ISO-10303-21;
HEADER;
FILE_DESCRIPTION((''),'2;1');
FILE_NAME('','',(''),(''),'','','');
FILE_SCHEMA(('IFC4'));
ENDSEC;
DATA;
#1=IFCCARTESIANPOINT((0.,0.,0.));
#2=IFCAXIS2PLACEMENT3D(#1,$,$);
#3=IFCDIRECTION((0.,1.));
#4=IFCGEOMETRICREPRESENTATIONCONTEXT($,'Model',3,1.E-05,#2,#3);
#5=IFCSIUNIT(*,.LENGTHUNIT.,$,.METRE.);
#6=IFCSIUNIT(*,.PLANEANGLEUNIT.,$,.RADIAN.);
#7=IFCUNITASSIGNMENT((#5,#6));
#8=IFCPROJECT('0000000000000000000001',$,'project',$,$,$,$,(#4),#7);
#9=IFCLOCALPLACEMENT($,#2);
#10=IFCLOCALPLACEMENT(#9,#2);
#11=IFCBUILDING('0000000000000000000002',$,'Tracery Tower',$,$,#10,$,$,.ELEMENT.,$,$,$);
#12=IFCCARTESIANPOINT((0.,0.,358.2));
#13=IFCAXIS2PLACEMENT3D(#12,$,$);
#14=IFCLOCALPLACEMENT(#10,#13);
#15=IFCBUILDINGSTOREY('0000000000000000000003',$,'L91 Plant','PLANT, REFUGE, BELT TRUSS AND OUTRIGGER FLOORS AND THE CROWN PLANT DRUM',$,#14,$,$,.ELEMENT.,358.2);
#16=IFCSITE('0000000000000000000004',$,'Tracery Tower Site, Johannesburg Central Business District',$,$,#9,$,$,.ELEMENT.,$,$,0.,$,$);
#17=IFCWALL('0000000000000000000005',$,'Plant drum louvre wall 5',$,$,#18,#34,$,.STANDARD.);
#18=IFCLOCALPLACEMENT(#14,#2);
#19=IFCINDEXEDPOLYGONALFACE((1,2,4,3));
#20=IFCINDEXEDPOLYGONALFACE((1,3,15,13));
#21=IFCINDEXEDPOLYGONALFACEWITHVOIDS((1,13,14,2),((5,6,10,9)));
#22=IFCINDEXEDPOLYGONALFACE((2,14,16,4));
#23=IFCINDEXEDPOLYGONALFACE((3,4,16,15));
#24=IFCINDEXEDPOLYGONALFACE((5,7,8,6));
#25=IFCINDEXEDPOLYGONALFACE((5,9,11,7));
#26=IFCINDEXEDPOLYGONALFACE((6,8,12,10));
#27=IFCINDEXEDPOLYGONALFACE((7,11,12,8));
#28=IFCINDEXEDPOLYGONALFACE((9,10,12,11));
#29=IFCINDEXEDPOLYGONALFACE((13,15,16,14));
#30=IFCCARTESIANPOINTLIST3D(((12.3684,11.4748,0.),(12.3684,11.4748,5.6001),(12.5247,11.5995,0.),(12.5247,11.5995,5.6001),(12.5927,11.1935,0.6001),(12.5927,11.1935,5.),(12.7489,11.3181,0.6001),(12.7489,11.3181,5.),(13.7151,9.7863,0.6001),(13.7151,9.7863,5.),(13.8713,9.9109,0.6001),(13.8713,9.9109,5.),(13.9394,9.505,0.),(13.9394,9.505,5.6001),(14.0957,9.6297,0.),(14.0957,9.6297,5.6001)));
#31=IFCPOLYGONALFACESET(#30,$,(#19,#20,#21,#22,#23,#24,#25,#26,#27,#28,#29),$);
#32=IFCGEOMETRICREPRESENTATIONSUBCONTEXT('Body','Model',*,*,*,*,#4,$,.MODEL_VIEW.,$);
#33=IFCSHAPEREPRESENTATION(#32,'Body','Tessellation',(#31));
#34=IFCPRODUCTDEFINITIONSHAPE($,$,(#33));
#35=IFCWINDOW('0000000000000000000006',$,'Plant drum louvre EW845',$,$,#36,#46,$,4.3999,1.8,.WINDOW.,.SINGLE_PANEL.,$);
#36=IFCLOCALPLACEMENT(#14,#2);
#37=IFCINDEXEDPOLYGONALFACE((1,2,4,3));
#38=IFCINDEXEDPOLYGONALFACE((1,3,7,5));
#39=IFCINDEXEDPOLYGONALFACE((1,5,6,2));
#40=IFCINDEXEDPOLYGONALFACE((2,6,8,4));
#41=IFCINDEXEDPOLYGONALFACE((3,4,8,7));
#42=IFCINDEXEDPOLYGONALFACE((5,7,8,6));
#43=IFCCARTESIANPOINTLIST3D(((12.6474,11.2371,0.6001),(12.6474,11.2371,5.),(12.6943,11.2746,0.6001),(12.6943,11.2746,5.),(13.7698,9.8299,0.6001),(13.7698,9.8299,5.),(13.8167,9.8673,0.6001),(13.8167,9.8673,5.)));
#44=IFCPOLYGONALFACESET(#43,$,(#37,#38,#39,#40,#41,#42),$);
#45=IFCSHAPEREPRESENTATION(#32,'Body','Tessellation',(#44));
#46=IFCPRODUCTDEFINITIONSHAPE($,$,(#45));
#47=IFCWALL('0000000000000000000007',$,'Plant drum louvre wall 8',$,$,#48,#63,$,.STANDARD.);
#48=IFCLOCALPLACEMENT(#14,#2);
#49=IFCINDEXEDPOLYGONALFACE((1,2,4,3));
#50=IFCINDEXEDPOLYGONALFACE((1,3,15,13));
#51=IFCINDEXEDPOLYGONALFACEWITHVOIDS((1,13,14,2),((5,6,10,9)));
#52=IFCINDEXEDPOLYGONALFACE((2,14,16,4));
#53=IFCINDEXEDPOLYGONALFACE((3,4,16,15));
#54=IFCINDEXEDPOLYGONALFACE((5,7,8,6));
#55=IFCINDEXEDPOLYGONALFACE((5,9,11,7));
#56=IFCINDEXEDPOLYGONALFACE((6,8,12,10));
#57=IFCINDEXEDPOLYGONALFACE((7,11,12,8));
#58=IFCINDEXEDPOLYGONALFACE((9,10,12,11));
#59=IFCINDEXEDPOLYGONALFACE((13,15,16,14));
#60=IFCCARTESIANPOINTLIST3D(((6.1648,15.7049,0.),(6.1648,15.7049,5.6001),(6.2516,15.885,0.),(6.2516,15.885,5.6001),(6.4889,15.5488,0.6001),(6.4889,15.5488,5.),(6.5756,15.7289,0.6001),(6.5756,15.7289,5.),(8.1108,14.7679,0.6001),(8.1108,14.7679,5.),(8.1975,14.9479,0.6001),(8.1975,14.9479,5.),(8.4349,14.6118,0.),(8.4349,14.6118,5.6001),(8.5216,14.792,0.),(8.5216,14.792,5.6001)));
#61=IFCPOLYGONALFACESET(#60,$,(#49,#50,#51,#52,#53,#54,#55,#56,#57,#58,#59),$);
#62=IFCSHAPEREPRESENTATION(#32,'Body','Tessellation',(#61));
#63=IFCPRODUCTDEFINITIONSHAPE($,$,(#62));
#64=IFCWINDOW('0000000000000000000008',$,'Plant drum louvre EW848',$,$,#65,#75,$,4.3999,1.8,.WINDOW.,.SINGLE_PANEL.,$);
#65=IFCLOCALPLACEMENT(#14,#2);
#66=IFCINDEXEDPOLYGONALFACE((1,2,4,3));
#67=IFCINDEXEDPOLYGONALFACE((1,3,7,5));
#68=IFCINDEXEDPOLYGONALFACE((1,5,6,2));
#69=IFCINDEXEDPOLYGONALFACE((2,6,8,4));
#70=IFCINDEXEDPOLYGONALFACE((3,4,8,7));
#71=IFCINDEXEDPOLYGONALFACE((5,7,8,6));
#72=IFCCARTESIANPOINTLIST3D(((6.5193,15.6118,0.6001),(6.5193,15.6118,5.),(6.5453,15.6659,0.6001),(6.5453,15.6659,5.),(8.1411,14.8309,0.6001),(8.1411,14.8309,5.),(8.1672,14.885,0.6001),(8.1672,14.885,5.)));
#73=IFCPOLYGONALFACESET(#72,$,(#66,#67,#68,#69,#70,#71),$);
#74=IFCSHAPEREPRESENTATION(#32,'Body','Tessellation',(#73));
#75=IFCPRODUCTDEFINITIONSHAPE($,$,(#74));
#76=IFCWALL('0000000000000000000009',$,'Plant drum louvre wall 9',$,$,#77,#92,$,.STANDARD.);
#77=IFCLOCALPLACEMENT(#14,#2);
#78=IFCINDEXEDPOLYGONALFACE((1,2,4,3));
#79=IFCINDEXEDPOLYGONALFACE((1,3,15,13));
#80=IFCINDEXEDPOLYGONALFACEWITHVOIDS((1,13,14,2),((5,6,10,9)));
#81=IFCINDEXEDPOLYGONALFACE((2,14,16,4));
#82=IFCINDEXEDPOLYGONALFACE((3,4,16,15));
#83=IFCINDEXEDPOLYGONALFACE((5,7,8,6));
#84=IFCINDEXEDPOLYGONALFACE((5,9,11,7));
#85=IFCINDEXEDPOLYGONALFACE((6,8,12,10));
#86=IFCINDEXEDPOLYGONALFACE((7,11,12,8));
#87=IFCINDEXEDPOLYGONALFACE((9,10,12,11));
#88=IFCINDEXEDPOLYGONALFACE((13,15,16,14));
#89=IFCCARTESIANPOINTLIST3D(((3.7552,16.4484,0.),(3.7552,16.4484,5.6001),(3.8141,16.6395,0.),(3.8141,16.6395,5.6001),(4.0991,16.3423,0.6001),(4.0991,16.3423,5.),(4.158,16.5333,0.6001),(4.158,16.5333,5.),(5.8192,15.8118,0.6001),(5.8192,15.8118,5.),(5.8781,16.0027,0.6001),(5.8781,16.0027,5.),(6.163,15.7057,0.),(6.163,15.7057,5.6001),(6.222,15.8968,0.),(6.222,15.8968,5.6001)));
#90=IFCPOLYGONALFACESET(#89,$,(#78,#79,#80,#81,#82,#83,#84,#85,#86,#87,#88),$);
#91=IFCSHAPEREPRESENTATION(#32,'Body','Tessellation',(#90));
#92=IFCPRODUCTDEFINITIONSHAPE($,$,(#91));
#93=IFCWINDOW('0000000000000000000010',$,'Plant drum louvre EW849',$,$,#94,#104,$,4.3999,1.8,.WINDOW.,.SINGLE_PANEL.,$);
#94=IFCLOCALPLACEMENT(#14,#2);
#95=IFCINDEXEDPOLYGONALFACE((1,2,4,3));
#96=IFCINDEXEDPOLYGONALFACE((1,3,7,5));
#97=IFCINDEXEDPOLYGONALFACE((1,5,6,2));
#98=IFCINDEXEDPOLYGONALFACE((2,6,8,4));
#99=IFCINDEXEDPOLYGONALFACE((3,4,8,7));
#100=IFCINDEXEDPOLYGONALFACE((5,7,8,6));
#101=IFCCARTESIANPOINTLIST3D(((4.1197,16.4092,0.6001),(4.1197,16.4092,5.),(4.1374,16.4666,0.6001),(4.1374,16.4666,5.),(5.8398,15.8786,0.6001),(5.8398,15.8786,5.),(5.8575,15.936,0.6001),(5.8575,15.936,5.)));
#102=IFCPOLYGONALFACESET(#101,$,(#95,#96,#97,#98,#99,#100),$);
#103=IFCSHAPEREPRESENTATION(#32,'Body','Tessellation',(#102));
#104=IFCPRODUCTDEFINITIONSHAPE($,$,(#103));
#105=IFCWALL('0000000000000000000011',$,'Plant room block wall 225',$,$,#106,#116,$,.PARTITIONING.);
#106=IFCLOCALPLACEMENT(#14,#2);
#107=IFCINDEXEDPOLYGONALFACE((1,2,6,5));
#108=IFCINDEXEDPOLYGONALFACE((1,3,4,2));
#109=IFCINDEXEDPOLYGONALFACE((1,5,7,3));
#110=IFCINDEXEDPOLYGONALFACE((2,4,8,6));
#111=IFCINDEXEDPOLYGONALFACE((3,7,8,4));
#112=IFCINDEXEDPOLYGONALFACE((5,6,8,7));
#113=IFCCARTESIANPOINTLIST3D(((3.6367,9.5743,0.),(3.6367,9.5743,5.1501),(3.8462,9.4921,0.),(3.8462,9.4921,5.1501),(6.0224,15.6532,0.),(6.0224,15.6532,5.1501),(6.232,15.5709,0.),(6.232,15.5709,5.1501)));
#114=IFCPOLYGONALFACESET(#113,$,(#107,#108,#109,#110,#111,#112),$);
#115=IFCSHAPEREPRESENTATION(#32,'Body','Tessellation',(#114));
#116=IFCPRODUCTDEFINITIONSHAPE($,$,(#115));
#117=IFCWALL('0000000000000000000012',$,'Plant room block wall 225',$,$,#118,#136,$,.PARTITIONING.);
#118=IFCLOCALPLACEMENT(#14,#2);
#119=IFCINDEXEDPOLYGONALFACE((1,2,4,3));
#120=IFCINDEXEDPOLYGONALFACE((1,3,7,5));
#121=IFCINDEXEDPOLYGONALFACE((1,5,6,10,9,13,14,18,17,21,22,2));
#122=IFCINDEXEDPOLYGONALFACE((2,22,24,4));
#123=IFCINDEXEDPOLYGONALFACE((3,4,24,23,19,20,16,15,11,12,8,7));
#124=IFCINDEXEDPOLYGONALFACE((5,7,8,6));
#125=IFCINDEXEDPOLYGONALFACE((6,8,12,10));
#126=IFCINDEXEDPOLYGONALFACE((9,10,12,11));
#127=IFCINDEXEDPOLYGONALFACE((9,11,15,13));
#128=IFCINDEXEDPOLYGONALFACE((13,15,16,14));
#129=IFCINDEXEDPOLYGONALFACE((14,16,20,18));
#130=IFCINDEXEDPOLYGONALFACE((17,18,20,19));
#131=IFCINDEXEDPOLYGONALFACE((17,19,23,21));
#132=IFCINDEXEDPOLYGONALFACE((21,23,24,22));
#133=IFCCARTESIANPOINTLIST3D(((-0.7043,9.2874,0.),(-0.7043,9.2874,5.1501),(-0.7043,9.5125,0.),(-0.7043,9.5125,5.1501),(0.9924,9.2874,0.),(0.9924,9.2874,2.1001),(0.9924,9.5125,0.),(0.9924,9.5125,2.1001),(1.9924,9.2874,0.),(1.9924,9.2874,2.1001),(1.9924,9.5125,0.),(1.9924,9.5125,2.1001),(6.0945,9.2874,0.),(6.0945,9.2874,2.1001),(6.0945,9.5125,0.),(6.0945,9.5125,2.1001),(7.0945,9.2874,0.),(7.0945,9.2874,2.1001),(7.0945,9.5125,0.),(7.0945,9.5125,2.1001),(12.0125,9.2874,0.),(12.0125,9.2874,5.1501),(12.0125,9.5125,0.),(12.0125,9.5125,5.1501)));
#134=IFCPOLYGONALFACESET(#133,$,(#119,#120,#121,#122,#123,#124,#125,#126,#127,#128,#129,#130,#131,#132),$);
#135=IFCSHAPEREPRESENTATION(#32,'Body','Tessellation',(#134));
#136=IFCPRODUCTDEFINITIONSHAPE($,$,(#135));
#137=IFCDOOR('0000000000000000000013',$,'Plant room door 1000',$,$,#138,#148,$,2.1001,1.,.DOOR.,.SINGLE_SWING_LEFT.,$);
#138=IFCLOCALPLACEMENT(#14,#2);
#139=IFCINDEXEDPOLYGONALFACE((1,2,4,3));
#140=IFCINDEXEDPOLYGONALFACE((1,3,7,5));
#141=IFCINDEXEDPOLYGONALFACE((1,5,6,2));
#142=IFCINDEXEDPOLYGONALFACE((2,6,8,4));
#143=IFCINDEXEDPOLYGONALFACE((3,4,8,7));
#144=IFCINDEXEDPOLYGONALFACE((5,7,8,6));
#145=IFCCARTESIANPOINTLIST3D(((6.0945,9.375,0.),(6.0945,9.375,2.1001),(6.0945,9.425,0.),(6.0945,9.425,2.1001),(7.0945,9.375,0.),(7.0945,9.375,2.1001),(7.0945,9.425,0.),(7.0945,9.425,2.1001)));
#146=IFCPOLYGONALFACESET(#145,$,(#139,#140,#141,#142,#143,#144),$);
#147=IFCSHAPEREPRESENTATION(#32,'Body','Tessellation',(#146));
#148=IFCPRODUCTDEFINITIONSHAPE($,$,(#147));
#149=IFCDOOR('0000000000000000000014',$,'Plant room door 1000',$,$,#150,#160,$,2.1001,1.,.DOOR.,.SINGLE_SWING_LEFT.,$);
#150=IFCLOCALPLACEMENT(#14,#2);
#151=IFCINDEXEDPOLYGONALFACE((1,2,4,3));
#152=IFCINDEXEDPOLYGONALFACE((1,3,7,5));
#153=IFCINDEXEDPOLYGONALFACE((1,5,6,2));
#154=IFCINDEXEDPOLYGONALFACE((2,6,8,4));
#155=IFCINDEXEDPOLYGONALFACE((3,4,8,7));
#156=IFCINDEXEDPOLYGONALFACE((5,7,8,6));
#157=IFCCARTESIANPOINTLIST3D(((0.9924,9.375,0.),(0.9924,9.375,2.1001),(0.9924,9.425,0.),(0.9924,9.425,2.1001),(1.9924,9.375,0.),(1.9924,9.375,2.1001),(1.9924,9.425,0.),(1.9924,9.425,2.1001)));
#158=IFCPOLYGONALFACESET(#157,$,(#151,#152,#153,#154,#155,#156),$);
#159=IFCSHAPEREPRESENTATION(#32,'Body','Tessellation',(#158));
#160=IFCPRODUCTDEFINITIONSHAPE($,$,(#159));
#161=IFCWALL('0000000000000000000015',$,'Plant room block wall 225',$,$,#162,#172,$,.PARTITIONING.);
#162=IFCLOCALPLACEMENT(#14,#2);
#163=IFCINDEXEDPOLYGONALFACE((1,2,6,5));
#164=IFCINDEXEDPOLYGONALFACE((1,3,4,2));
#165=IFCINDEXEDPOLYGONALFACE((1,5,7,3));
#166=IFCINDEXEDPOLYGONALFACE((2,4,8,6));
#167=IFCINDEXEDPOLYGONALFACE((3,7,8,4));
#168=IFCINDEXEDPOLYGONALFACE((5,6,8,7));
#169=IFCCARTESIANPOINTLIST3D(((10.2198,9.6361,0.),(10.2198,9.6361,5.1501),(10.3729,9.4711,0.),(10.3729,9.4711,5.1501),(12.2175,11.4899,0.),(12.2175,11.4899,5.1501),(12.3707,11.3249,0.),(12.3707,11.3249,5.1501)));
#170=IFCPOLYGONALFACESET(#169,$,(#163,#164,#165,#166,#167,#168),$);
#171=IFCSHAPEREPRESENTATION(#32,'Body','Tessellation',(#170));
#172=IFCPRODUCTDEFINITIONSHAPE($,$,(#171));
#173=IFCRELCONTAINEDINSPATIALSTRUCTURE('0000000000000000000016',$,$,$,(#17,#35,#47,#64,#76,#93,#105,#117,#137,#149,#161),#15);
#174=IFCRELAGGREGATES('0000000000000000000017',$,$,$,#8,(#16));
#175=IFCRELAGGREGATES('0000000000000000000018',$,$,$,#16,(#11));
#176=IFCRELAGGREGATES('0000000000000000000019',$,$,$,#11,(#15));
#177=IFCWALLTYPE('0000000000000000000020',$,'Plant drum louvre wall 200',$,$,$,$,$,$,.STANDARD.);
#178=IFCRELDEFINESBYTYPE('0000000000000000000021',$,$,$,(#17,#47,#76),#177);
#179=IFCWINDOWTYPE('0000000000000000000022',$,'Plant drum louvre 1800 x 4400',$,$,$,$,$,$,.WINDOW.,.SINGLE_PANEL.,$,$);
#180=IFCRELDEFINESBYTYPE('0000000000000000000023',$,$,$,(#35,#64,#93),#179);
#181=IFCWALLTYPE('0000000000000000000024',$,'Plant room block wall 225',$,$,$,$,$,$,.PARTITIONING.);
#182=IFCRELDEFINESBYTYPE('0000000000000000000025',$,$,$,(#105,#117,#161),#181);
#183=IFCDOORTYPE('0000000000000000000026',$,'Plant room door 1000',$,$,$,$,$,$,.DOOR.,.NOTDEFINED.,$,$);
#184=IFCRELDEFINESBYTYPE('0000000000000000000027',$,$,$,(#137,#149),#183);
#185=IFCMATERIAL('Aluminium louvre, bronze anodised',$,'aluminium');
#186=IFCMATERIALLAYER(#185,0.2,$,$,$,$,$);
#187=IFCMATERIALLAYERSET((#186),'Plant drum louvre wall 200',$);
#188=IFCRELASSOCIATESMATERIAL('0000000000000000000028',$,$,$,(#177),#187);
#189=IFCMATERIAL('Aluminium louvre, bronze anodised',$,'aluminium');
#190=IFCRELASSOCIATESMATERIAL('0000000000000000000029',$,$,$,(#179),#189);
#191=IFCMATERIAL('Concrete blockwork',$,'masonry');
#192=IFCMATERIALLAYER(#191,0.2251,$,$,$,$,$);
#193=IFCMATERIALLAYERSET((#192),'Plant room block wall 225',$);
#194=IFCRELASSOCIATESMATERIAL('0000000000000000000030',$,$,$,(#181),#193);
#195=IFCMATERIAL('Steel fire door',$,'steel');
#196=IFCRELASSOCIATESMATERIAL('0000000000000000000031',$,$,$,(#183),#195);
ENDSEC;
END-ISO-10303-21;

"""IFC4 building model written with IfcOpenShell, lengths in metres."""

from ifc_helpers import new_model, si_unit, direction, frame, frame_2d, origin, place, context, subcontext, project, spatial, rectangle, extrude, material, layer, layer_set, type_object, element, fill, save


model = new_model("IFC4")

# Units and contexts
model_context = context("Model", 3, precision=1e-05, world=origin(), true_north=direction((0.0, 1.0)))
body_context = subcontext(model_context, "Body", "Model", "MODEL_VIEW")
ifc_project = project(units=[si_unit("LENGTHUNIT", "METRE"), si_unit("PLANEANGLEUNIT", "RADIAN")], contexts=[model_context])

# Site, building, storey
site_placement = place(None, origin())
site = spatial("IfcSite", under=ifc_project, at=site_placement, Name="Tracery Tower Site, Johannesburg Central Business District", CompositionType="ELEMENT", RefElevation=0.0)
building_placement = place(site_placement, origin())
building = spatial("IfcBuilding", under=site, at=building_placement, Name="Tracery Tower", CompositionType="ELEMENT")
storey_placement = place(building_placement, frame((0.0, 0.0, 358.2)))
storey = spatial("IfcBuildingStorey", under=building, at=storey_placement, Name="L91 Plant", Description="PLANT, REFUGE, BELT TRUSS AND OUTRIGGER FLOORS AND THE CROWN PLANT DRUM", CompositionType="ELEMENT", Elevation=358.2)

# Walls, openings, windows
ifc_material_1 = material(Name="Aluminium louvre, bronze anodised", Category="aluminium")
ifc_layer_1 = layer(ifc_material_1, 0.2)
ifc_layer_set_1 = layer_set([ifc_layer_1], Name="Plant drum louvre wall 200")
wall_type_1 = type_object("IfcWallType", Name="Plant drum louvre wall 200", PredefinedType="STANDARD", material=ifc_layer_set_1)
wall_1_placement = place(storey_placement, frame((14.0176, 9.5674, 0.0), z_axis=(0.0, 0.0, 1.0), x_axis=(-0.623548, 0.781785, 0.0)))
wall_1 = element("IfcWall", 1, at=wall_1_placement, inside=storey, type_object=wall_type_1, Name="Plant drum louvre wall 5", PredefinedType="STANDARD", context=body_context, shape_type="SweptSolid", body=[
    extrude(rectangle(XDim=2.5195, YDim=0.2, at=frame_2d((1.2598, 0.0))), origin(), (0.0, 0.0, 1.0), 5.6001),
])
opening_1_placement = place(wall_1_placement, frame((0.3599, 0.0, 0.6001)))
opening_1 = element("IfcOpeningElement", 2, at=opening_1_placement, cuts=wall_1, PredefinedType="OPENING", context=body_context, shape_type="SweptSolid", body=[
    extrude(rectangle(XDim=1.8, YDim=4.3999, at=frame_2d((0.8999, 2.2))), frame((0.0, 0.1001, 0.0), z_axis=(0.0, -1.0, 0.0), x_axis=(1.0, 0.0, 0.0)), (0.0, 0.0, 1.0), 0.2),
])
ifc_material_2 = material(Name="Aluminium louvre, bronze anodised", Category="aluminium")
window_type = type_object("IfcWindowType", Name="Plant drum louvre 1800 x 4400", PartitioningType="SINGLE_PANEL", PredefinedType="WINDOW", material=ifc_material_2)
window_1_placement = place(opening_1_placement, origin())
window_1 = element("IfcWindow", 3, at=window_1_placement, inside=storey, type_object=window_type, Name="Plant drum louvre EW845", OverallHeight=4.3999, OverallWidth=1.8, PartitioningType="SINGLE_PANEL", PredefinedType="WINDOW", context=body_context, shape_type="SweptSolid", body=[
    extrude(rectangle(XDim=1.8, YDim=4.3999, at=frame_2d((0.8999, 2.2))), frame((0.0, 0.03, 0.0), z_axis=(0.0, -1.0, 0.0), x_axis=(1.0, 0.0, 0.0)), (0.0, 0.0, 1.0), 0.0601),
])
fill(opening_1, window_1)
wall_2_placement = place(storey_placement, frame((8.4783, 14.7019, 0.0), z_axis=(0.0, 0.0, 1.0), x_axis=(-0.900995, 0.43383, 0.0)))
wall_2 = element("IfcWall", 4, at=wall_2_placement, inside=storey, type_object=wall_type_1, Name="Plant drum louvre wall 8", PredefinedType="STANDARD", context=body_context, shape_type="SweptSolid", body=[
    extrude(rectangle(XDim=2.5195, YDim=0.2, at=frame_2d((1.2598, 0.0))), origin(), (0.0, 0.0, 1.0), 5.6001),
])
opening_2_placement = place(wall_2_placement, frame((0.3599, 0.0, 0.6001)))
opening_2 = element("IfcOpeningElement", 5, at=opening_2_placement, cuts=wall_2, PredefinedType="OPENING", context=body_context, shape_type="SweptSolid", body=[
    extrude(rectangle(XDim=1.8, YDim=4.3999, at=frame_2d((0.8999, 2.2))), frame((0.0, 0.1001, 0.0), z_axis=(0.0, -1.0, 0.0), x_axis=(1.0, 0.0, 0.0)), (0.0, 0.0, 1.0), 0.2),
])
window_2_placement = place(opening_2_placement, origin())
window_2 = element("IfcWindow", 6, at=window_2_placement, inside=storey, type_object=window_type, Name="Plant drum louvre EW848", OverallHeight=4.3999, OverallWidth=1.8, PartitioningType="SINGLE_PANEL", PredefinedType="WINDOW", context=body_context, shape_type="SweptSolid", body=[
    extrude(rectangle(XDim=1.8, YDim=4.3999, at=frame_2d((0.8999, 2.2))), frame((0.0, 0.03, 0.0), z_axis=(0.0, -1.0, 0.0), x_axis=(1.0, 0.0, 0.0)), (0.0, 0.0, 1.0), 0.0601),
])
fill(opening_2, window_2)
wall_3_placement = place(storey_placement, frame((6.1924, 15.8013, 0.0), z_axis=(0.0, 0.0, 1.0), x_axis=(-0.955573, 0.294753, 0.0)))
wall_3 = element("IfcWall", 7, at=wall_3_placement, inside=storey, type_object=wall_type_1, Name="Plant drum louvre wall 9", PredefinedType="STANDARD", context=body_context, shape_type="SweptSolid", body=[
    extrude(rectangle(XDim=2.5198, YDim=0.2, at=frame_2d((1.2598, 0.0))), origin(), (0.0, 0.0, 1.0), 5.6001),
])
opening_3_placement = place(wall_3_placement, frame((0.3599, 0.0, 0.6001)))
opening_3 = element("IfcOpeningElement", 8, at=opening_3_placement, cuts=wall_3, PredefinedType="OPENING", context=body_context, shape_type="SweptSolid", body=[
    extrude(rectangle(XDim=1.8, YDim=4.3999, at=frame_2d((0.8999, 2.2))), frame((0.0, 0.1001, 0.0), z_axis=(0.0, -1.0, 0.0), x_axis=(1.0, 0.0, 0.0)), (0.0, 0.0, 1.0), 0.2),
])
window_3_placement = place(opening_3_placement, origin())
window_3 = element("IfcWindow", 9, at=window_3_placement, inside=storey, type_object=window_type, Name="Plant drum louvre EW849", OverallHeight=4.3999, OverallWidth=1.8, PartitioningType="SINGLE_PANEL", PredefinedType="WINDOW", context=body_context, shape_type="SweptSolid", body=[
    extrude(rectangle(XDim=1.8, YDim=4.3999, at=frame_2d((0.8999, 2.2))), frame((0.0, 0.03, 0.0), z_axis=(0.0, -1.0, 0.0), x_axis=(1.0, 0.0, 0.0)), (0.0, 0.0, 1.0), 0.0601),
])
fill(opening_3, window_3)

# Wall
ifc_material_3 = material(Name="Concrete blockwork", Category="masonry")
ifc_layer_2 = layer(ifc_material_3, 0.2251)
ifc_layer_set_2 = layer_set([ifc_layer_2], Name="Plant room block wall 225")
wall_type_2 = type_object("IfcWallType", Name="Plant room block wall 225", PredefinedType="PARTITIONING", material=ifc_layer_set_2)
wall_4_placement = place(storey_placement, frame((6.1272, 15.6121, 0.0), z_axis=(0.0, 0.0, 1.0), x_axis=(-0.365337, -0.930875, 0.0)))
element("IfcWall", 10, at=wall_4_placement, inside=storey, type_object=wall_type_2, Name="Plant room block wall 225", PredefinedType="PARTITIONING", context=body_context, shape_type="SweptSolid", body=[
    extrude(rectangle(XDim=6.5303, YDim=0.2251, at=frame_2d((3.2651, 0.0))), origin(), (0.0, 0.0, 1.0), 5.1501),
])

# Wall, openings, doors
wall_5_placement = place(storey_placement, frame((12.0125, 9.3999, 0.0), z_axis=(0.0, 0.0, 1.0), x_axis=(-1.0, 0.0, 0.0)))
wall_5 = element("IfcWall", 11, at=wall_5_placement, inside=storey, type_object=wall_type_2, Name="Plant room block wall 225", PredefinedType="PARTITIONING", context=body_context, shape_type="SweptSolid", body=[
    extrude(rectangle(XDim=12.7168, YDim=0.2251, at=frame_2d((6.3584, 0.0))), origin(), (0.0, 0.0, 1.0), 5.1501),
])
opening_4_placement = place(wall_5_placement, frame((4.918, 0.0, 0.0)))
opening_4 = element("IfcOpeningElement", 12, at=opening_4_placement, cuts=wall_5, PredefinedType="OPENING", context=body_context, shape_type="SweptSolid", body=[
    extrude(rectangle(XDim=1.0, YDim=2.1001, at=frame_2d((0.5, 1.05))), frame((0.0, 0.1125, 0.0), z_axis=(0.0, -1.0, 0.0), x_axis=(1.0, 0.0, 0.0)), (0.0, 0.0, 1.0), 0.2251),
])
opening_5_placement = place(wall_5_placement, frame((10.02, 0.0, 0.0)))
opening_5 = element("IfcOpeningElement", 13, at=opening_5_placement, cuts=wall_5, PredefinedType="OPENING", context=body_context, shape_type="SweptSolid", body=[
    extrude(rectangle(XDim=1.0, YDim=2.1001, at=frame_2d((0.5, 1.05))), frame((0.0, 0.1125, 0.0), z_axis=(0.0, -1.0, 0.0), x_axis=(1.0, 0.0, 0.0)), (0.0, 0.0, 1.0), 0.2251),
])
ifc_material_4 = material(Name="Steel fire door", Category="steel")
door_type = type_object("IfcDoorType", Name="Plant room door 1000", OperationType="NOTDEFINED", PredefinedType="DOOR", material=ifc_material_4)
door_1_placement = place(opening_4_placement, origin())
door_1 = element("IfcDoor", 14, at=door_1_placement, inside=storey, type_object=door_type, Name="Plant room door 1000", OperationType="SINGLE_SWING_LEFT", OverallHeight=2.1001, OverallWidth=1.0, PredefinedType="DOOR", context=body_context, shape_type="SweptSolid", body=[
    extrude(rectangle(XDim=1.0, YDim=2.1001, at=frame_2d((0.5, 1.05))), frame((0.0, 0.0249, 0.0), z_axis=(0.0, -1.0, 0.0), x_axis=(1.0, 0.0, 0.0)), (0.0, 0.0, 1.0), 0.05),
])
fill(opening_4, door_1)
door_2_placement = place(opening_5_placement, origin())
door_2 = element("IfcDoor", 15, at=door_2_placement, inside=storey, type_object=door_type, Name="Plant room door 1000", OperationType="SINGLE_SWING_LEFT", OverallHeight=2.1001, OverallWidth=1.0, PredefinedType="DOOR", context=body_context, shape_type="SweptSolid", body=[
    extrude(rectangle(XDim=1.0, YDim=2.1001, at=frame_2d((0.5, 1.05))), frame((0.0, 0.0249, 0.0), z_axis=(0.0, -1.0, 0.0), x_axis=(1.0, 0.0, 0.0)), (0.0, 0.0, 1.0), 0.05),
])
fill(opening_5, door_2)

# Wall
wall_6_placement = place(storey_placement, frame((12.2942, 11.4075, 0.0), z_axis=(0.0, 0.0, 1.0), x_axis=(-0.733039, -0.680186, 0.0)))
element("IfcWall", 16, at=wall_6_placement, inside=storey, type_object=wall_type_2, Name="Plant room block wall 225", PredefinedType="PARTITIONING", context=body_context, shape_type="SweptSolid", body=[
    extrude(rectangle(XDim=2.7253, YDim=0.2251, at=frame_2d((1.3628, 0.0))), origin(), (0.0, 0.0, 1.0), 5.1501),
])

save(model, "model.ifc")
